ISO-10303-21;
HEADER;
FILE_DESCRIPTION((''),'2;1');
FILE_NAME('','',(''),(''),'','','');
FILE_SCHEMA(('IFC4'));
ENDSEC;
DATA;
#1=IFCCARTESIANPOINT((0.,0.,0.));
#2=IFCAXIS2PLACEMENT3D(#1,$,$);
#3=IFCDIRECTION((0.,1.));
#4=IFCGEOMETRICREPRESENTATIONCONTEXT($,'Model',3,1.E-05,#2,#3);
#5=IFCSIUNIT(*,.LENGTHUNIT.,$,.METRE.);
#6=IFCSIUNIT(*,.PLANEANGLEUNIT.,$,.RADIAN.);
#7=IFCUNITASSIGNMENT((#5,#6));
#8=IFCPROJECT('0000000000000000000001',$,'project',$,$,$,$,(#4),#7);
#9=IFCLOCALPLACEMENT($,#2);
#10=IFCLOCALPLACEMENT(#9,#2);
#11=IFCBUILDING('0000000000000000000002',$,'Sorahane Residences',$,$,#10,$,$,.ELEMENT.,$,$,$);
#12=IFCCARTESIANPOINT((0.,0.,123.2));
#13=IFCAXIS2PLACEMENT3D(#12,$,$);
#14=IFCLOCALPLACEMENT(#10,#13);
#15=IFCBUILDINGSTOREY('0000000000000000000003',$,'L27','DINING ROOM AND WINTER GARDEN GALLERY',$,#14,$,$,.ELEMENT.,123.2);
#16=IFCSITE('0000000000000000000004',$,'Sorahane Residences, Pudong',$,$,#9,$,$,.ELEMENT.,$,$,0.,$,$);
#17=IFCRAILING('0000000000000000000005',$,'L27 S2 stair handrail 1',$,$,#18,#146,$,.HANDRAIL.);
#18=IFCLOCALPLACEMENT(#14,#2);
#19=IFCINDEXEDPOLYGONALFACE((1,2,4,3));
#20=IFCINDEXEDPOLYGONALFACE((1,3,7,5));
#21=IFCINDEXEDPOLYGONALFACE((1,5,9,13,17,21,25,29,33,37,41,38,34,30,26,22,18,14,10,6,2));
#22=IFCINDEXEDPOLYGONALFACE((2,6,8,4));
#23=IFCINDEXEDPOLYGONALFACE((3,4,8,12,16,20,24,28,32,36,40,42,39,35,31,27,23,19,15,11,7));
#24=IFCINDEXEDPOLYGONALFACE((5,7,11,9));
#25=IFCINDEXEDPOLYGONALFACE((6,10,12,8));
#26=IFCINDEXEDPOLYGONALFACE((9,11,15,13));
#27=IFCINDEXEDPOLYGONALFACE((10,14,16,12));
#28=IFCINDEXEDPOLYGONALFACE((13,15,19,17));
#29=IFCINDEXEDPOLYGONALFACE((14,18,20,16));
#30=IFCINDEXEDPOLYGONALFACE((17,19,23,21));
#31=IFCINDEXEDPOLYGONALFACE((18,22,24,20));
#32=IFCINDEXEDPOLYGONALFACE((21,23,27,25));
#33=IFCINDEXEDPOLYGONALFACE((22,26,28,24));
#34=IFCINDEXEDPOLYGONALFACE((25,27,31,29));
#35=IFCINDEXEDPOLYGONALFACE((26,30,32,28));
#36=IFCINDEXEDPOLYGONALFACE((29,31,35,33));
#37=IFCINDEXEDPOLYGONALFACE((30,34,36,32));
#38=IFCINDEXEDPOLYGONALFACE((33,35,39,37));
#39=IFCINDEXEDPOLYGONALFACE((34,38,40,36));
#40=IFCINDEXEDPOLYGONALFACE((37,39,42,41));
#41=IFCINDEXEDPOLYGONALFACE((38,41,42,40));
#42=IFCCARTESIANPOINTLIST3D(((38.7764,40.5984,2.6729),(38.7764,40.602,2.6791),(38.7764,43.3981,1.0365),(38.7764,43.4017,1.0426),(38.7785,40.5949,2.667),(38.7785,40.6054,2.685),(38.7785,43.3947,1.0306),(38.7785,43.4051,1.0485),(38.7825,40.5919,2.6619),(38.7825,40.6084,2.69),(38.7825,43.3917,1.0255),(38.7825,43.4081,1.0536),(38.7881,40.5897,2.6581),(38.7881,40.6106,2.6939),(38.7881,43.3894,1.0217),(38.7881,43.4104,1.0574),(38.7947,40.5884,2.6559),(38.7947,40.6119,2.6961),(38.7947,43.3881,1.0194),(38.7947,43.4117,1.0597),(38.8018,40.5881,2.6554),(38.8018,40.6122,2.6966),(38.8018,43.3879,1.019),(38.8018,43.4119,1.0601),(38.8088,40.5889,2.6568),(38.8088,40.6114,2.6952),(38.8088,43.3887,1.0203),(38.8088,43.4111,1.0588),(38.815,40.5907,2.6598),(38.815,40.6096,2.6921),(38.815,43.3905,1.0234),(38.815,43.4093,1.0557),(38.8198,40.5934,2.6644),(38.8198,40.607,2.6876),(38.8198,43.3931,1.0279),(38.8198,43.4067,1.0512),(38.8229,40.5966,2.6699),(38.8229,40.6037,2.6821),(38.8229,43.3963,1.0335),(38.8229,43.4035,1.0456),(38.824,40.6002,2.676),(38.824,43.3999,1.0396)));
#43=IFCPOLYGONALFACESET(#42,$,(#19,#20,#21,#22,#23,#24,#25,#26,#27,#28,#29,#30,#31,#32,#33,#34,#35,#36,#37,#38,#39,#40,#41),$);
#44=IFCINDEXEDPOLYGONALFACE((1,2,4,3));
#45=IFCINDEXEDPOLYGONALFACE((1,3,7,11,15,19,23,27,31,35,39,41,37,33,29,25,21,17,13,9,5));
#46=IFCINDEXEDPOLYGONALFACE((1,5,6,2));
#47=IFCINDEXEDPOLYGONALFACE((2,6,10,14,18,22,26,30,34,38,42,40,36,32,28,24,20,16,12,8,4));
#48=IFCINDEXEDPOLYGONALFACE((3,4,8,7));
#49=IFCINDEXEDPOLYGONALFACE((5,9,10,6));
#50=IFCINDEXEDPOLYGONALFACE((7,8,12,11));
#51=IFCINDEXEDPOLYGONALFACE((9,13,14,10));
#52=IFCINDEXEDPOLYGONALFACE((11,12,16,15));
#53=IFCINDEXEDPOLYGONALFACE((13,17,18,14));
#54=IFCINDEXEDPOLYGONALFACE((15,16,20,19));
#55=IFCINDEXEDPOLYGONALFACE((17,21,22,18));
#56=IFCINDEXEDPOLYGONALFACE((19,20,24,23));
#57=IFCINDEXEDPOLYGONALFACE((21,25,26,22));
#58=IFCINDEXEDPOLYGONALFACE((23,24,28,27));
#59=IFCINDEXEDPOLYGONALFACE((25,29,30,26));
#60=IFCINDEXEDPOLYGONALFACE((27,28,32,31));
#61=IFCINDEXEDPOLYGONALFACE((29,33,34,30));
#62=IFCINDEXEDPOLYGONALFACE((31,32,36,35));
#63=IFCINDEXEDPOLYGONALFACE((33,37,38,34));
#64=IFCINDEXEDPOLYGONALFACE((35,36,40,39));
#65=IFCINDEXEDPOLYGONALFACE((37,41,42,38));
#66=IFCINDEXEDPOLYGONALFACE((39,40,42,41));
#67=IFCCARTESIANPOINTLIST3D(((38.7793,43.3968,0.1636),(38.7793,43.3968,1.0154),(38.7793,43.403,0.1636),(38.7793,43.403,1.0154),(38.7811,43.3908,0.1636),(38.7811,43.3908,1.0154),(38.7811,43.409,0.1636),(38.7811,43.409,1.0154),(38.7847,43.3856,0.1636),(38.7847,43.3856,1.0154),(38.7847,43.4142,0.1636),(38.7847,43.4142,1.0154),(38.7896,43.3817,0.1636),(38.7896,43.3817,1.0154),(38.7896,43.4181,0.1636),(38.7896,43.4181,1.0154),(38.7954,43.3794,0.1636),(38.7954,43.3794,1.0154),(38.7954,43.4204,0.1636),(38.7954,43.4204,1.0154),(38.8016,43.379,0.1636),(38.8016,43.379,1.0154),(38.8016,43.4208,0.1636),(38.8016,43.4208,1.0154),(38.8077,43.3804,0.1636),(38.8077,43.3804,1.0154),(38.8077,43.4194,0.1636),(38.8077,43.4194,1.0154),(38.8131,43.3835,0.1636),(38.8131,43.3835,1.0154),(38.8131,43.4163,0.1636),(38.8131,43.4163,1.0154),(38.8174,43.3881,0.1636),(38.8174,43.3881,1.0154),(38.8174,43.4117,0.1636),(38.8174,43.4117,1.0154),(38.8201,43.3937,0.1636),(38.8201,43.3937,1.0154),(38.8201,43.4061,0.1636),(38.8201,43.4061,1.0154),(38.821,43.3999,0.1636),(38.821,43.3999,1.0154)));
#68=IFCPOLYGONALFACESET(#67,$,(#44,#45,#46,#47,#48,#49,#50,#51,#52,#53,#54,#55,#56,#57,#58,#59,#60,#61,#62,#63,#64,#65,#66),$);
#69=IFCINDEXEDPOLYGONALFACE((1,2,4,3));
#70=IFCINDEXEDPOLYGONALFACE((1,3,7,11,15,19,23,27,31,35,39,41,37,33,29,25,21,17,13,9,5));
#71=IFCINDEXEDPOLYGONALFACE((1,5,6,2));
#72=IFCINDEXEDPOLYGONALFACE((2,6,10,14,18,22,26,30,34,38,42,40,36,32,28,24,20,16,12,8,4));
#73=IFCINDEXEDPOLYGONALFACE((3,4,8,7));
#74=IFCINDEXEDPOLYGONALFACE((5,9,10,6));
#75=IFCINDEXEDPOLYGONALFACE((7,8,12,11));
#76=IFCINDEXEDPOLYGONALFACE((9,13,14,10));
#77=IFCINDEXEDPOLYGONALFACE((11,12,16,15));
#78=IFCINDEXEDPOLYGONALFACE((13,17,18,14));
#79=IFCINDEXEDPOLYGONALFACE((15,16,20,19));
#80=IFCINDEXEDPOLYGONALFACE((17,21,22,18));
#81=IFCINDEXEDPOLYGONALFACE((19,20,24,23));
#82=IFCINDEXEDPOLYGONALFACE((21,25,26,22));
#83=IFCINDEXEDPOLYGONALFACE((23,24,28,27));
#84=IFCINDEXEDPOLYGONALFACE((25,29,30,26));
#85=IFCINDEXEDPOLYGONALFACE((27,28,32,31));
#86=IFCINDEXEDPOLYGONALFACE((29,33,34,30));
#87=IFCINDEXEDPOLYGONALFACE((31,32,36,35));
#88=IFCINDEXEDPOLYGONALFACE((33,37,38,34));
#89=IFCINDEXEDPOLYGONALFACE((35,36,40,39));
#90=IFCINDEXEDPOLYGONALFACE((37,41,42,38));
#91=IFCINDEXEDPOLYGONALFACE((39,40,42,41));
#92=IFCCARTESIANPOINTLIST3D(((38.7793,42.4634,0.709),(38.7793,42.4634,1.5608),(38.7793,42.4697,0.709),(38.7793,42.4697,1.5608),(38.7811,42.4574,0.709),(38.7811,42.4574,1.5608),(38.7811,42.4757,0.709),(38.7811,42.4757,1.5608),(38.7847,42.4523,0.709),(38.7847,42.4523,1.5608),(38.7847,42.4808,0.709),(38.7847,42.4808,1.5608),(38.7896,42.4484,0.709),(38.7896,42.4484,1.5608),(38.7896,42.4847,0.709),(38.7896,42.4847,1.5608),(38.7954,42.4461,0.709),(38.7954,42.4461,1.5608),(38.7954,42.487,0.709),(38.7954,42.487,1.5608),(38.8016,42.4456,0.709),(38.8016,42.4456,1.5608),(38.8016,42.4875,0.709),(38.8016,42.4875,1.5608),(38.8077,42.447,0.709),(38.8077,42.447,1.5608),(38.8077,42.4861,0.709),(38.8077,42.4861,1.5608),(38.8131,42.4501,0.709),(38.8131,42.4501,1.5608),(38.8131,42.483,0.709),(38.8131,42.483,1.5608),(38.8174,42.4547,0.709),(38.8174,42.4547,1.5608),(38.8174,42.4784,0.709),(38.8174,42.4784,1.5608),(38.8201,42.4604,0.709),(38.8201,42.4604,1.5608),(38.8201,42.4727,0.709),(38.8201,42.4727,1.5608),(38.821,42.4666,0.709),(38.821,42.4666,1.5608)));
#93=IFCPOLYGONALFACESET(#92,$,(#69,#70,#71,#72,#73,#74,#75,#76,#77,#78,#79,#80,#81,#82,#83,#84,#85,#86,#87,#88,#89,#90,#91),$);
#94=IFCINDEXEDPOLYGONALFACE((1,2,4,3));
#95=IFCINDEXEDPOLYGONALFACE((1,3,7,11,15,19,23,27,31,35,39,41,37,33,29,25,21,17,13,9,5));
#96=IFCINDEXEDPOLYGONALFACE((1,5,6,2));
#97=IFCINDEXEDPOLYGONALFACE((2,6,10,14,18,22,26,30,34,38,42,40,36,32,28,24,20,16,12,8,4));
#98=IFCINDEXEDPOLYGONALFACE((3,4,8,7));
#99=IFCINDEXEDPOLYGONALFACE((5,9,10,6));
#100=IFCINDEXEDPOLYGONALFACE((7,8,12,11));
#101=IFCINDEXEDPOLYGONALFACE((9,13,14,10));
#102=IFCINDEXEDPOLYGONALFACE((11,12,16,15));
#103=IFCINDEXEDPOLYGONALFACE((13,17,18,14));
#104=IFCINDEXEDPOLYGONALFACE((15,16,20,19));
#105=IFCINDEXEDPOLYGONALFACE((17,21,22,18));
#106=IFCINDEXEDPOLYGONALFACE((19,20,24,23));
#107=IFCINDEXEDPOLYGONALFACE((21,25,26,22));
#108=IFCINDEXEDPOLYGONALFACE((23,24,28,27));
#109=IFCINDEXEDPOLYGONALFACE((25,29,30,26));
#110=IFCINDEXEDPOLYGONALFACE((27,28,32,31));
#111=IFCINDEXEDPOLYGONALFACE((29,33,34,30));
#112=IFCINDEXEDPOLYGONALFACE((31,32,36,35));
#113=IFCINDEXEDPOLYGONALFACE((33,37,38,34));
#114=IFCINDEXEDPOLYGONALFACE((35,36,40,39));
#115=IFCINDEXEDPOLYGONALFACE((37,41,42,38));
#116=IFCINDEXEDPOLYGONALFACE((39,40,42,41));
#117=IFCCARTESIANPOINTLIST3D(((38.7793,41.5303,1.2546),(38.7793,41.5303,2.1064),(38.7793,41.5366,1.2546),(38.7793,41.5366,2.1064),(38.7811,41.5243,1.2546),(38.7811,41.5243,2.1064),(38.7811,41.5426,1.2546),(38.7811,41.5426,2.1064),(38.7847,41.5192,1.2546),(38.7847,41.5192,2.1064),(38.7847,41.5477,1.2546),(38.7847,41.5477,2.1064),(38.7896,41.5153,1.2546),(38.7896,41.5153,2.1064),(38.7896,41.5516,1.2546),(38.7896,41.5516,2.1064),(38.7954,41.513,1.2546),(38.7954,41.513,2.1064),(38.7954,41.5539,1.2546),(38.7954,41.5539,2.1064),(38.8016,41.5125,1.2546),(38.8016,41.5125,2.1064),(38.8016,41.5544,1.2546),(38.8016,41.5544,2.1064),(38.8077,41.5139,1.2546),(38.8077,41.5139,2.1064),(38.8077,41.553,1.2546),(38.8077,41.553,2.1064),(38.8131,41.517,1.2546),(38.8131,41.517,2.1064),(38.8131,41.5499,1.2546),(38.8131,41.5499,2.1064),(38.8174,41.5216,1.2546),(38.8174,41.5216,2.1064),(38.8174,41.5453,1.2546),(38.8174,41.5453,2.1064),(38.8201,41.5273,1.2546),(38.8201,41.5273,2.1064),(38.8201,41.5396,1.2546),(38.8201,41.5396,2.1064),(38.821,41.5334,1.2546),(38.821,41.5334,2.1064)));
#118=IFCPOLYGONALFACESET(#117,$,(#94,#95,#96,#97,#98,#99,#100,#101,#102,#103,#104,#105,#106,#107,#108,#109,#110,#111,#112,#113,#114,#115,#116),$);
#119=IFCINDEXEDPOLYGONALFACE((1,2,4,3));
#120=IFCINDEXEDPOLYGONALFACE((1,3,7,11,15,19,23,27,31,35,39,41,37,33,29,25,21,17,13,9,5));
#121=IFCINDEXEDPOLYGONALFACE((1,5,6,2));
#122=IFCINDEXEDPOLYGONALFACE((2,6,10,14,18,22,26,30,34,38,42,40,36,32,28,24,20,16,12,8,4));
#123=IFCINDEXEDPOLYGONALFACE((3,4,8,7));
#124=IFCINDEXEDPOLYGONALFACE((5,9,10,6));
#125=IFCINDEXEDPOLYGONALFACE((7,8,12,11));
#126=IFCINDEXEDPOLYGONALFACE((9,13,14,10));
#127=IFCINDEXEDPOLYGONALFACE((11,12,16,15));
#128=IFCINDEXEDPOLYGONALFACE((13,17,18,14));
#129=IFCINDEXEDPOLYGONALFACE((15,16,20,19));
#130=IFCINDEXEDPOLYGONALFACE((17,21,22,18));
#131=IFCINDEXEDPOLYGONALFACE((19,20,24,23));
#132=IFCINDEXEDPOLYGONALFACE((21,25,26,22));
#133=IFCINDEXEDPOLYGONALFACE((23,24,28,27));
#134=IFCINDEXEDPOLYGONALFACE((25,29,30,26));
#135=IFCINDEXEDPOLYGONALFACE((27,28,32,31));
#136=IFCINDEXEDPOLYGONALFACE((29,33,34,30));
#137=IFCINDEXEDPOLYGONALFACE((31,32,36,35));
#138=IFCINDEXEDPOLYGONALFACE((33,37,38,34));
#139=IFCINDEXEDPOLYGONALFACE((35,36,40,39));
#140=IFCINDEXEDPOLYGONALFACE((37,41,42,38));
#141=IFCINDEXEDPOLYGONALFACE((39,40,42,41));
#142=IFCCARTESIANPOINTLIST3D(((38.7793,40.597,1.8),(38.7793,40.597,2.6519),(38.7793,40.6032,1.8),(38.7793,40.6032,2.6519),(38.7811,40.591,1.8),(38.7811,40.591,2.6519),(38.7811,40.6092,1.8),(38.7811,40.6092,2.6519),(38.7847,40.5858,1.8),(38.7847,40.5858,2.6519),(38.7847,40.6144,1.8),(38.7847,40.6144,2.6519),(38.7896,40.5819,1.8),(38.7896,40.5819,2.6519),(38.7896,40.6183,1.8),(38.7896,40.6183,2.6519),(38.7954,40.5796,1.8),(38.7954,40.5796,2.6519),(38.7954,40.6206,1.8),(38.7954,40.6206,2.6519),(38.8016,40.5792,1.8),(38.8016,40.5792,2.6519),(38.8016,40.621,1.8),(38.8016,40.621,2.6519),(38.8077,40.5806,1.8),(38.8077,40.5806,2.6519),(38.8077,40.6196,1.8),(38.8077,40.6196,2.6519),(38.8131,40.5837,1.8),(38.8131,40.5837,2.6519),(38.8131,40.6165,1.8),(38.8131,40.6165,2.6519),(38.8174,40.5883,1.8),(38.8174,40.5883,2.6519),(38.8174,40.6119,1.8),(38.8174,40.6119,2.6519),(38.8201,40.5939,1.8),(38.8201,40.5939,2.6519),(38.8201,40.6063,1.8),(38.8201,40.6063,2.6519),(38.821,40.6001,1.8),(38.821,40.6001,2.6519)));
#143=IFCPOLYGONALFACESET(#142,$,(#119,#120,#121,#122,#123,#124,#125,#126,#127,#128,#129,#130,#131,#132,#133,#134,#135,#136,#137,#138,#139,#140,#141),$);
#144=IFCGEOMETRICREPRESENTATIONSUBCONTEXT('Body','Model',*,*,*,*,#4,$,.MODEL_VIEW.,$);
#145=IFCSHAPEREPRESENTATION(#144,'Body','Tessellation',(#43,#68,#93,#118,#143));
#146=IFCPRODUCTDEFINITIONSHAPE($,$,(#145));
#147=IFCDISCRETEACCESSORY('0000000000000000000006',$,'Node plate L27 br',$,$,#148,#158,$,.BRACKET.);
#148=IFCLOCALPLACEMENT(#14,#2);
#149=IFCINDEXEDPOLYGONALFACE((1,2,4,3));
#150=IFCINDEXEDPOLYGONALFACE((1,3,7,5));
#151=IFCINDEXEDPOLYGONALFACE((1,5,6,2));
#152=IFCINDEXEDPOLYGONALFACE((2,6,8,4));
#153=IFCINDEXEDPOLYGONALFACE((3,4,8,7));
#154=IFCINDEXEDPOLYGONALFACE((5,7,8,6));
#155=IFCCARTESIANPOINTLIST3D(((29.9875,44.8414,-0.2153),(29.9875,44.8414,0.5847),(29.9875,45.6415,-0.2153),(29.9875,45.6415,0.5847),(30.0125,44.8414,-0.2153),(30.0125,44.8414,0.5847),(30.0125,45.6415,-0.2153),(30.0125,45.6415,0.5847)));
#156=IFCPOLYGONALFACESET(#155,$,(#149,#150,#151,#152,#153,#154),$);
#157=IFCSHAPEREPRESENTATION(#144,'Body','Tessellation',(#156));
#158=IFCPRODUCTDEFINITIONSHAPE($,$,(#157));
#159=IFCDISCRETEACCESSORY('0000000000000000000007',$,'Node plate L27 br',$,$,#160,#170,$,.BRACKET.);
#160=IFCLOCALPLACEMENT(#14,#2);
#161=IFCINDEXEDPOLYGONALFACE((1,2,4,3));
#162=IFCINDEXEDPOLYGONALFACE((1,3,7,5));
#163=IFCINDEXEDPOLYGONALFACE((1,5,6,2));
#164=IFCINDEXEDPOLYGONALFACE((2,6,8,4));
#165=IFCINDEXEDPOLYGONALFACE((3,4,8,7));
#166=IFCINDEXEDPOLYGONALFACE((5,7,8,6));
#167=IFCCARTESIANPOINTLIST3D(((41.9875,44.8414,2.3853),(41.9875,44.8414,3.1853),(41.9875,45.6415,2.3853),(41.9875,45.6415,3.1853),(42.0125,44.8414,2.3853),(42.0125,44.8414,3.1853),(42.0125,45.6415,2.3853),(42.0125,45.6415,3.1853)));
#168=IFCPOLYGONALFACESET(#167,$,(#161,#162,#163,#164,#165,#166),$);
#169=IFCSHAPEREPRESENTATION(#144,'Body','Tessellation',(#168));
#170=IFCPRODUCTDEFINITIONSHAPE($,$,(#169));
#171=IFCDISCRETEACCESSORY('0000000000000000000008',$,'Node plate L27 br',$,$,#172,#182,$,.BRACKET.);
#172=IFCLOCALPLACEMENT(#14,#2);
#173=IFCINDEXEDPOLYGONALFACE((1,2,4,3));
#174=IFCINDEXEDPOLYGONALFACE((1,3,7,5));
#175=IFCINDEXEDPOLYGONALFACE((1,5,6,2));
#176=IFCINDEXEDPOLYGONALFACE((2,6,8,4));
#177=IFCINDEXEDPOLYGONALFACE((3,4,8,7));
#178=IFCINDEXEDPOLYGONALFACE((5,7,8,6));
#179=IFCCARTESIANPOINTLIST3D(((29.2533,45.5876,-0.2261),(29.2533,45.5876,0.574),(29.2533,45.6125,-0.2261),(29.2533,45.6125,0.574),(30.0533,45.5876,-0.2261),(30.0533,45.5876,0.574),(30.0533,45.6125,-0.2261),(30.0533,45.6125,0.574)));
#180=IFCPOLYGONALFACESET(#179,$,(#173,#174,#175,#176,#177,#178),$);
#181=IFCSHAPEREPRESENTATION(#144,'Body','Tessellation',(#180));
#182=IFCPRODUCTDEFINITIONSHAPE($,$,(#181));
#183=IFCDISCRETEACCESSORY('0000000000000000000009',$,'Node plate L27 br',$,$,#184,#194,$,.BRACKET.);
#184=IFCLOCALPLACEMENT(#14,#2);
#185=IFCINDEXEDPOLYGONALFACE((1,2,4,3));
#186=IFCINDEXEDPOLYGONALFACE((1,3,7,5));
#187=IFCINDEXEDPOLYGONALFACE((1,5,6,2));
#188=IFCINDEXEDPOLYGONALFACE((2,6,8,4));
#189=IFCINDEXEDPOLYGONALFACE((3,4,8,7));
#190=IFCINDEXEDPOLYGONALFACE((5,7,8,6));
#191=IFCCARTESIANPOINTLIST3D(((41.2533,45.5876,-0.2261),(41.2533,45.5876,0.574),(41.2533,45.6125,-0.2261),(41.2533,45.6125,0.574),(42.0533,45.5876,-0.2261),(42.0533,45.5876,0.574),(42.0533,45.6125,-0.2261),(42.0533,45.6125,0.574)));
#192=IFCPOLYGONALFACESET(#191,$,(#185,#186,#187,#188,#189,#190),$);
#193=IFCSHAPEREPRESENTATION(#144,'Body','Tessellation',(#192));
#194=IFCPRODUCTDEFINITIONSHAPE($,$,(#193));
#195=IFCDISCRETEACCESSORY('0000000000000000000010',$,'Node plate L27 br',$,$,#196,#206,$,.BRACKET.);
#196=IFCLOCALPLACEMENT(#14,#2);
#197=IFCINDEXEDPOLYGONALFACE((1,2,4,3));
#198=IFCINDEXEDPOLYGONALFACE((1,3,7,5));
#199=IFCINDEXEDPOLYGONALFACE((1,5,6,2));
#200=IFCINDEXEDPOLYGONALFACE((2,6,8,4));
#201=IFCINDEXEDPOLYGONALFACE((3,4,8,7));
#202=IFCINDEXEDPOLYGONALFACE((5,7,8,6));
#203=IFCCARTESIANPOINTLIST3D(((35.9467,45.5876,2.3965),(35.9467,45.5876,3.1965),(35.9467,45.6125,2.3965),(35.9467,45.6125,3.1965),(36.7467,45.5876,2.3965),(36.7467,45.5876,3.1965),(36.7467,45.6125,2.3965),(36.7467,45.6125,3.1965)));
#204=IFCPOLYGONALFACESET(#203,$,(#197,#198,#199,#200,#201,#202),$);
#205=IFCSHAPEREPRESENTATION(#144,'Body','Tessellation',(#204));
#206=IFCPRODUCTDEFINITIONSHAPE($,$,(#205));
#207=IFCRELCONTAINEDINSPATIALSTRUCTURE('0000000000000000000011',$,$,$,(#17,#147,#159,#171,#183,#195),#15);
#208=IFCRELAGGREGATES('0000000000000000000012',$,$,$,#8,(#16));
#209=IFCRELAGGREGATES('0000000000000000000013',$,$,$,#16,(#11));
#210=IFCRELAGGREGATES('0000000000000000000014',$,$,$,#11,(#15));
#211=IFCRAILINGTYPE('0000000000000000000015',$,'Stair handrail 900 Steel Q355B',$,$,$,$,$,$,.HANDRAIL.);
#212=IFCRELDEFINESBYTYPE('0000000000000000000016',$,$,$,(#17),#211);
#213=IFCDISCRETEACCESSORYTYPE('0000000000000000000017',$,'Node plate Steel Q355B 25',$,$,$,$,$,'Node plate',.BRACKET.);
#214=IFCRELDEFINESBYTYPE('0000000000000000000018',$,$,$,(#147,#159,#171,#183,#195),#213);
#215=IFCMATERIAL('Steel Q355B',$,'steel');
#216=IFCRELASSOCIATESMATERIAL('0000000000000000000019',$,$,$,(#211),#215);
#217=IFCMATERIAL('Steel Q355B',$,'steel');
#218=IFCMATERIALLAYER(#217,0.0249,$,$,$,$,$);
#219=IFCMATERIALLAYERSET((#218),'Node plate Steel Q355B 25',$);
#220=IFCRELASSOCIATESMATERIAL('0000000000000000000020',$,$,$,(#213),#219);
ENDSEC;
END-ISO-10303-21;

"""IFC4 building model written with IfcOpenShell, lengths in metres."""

from ifc_helpers import new_model, si_unit, direction, frame, origin, origin_2d, place, context, subcontext, project, spatial, rectangle, circle, extrude, material, layer, layer_set, type_object, element, save


model = new_model("IFC4")

# Units and contexts
model_context = context("Model", 3, precision=1e-05, world=origin(), true_north=direction((0.0, 1.0)))
body_context = subcontext(model_context, "Body", "Model", "MODEL_VIEW")
ifc_project = project(units=[si_unit("LENGTHUNIT", "METRE"), si_unit("PLANEANGLEUNIT", "RADIAN")], contexts=[model_context])

# Site, building, storey
site_placement = place(None, origin())
site = spatial("IfcSite", under=ifc_project, at=site_placement, Name="Sorahane Residences, Pudong", CompositionType="ELEMENT", RefElevation=0.0)
building_placement = place(site_placement, origin())
building = spatial("IfcBuilding", under=site, at=building_placement, Name="Sorahane Residences", CompositionType="ELEMENT")
storey_placement = place(building_placement, frame((0.0, 0.0, 123.2)))
storey = spatial("IfcBuildingStorey", under=building, at=storey_placement, Name="L27", Description="DINING ROOM AND WINTER GARDEN GALLERY", CompositionType="ELEMENT", Elevation=123.2)

# Railing
ifc_material_1 = material(Name="Steel Q355B", Category="steel")
railing_type_1 = type_object("IfcRailingType", Name="Stair handrail 900 Steel Q355B", PredefinedType="HANDRAIL", material=ifc_material_1)
railing_1_placement = place(storey_placement, frame((38.8, 43.3999, 0.1636)))
element("IfcRailing", 1, at=railing_1_placement, inside=storey, type_object=railing_type_1, Name="L27 S2 stair handrail 1", PredefinedType="HANDRAIL", context=body_context, shape_type="SweptSolid", body=[
    extrude(circle(Radius=0.0239, at=origin_2d()), frame((0.0, 0.0, 0.876), z_axis=(0.0, -0.863342, 0.50462), x_axis=(1.0, 0.0, 0.0)), (0.0, 0.0, 1.0), 3.2429),
    extrude(circle(Radius=0.021, at=origin_2d()), origin(), (0.0, 0.0, 1.0), 0.8518),
    extrude(circle(Radius=0.021, at=origin_2d()), frame((0.0, -0.9333, 0.5454)), (0.0, 0.0, 1.0), 0.8518),
    extrude(circle(Radius=0.021, at=origin_2d()), frame((0.0, -1.8665, 1.0911)), (0.0, 0.0, 1.0), 0.8518),
    extrude(circle(Radius=0.021, at=origin_2d()), frame((0.0, -2.7998, 1.6365)), (0.0, 0.0, 1.0), 0.8518),
])

# Discrete accessories
ifc_material_2 = material(Name="Steel Q355B", Category="steel")
ifc_layer_1 = layer(ifc_material_2, 0.0249)
ifc_layer_set_1 = layer_set([ifc_layer_1], Name="Node plate Steel Q355B 25")
discrete_accessory_type = type_object("IfcDiscreteAccessoryType", Name="Node plate Steel Q355B 25", ElementType="Node plate", PredefinedType="BRACKET", material=ifc_layer_set_1)
for number, where, z_axis, x_axis, name in (
    (2, (30.0, 45.2415, -0.2153), (0.0, 0.0, 1.0), (0.0, 1.0, 0.0), "Node plate L27 br"),
    (3, (42.0, 45.2415, 2.3853), (0.0, 0.0, 1.0), (0.0, 1.0, 0.0), "Node plate L27 br"),
    (4, (29.6533, 45.6001, -0.2261), (0.0, 0.0, 1.0), (1.0, 0.0, 0.0), "Node plate L27 br"),
    (5, (41.6533, 45.6001, -0.2261), (0.0, 0.0, 1.0), (1.0, 0.0, 0.0), "Node plate L27 br"),
    (6, (36.3467, 45.6001, 2.3965), (0.0, 0.0, 1.0), (1.0, 0.0, 0.0), "Node plate L27 br"),
):
    element("IfcDiscreteAccessory", number, at=place(storey_placement, frame(where, z_axis=z_axis, x_axis=x_axis)), inside=storey, type_object=discrete_accessory_type, Name=name, PredefinedType="BRACKET", context=body_context, shape_type="SweptSolid", body=[
        extrude(rectangle(XDim=0.8, YDim=0.0249, at=origin_2d()), origin(), (0.0, 0.0, 1.0), 0.8),
    ])

save(model, "model.ifc")
